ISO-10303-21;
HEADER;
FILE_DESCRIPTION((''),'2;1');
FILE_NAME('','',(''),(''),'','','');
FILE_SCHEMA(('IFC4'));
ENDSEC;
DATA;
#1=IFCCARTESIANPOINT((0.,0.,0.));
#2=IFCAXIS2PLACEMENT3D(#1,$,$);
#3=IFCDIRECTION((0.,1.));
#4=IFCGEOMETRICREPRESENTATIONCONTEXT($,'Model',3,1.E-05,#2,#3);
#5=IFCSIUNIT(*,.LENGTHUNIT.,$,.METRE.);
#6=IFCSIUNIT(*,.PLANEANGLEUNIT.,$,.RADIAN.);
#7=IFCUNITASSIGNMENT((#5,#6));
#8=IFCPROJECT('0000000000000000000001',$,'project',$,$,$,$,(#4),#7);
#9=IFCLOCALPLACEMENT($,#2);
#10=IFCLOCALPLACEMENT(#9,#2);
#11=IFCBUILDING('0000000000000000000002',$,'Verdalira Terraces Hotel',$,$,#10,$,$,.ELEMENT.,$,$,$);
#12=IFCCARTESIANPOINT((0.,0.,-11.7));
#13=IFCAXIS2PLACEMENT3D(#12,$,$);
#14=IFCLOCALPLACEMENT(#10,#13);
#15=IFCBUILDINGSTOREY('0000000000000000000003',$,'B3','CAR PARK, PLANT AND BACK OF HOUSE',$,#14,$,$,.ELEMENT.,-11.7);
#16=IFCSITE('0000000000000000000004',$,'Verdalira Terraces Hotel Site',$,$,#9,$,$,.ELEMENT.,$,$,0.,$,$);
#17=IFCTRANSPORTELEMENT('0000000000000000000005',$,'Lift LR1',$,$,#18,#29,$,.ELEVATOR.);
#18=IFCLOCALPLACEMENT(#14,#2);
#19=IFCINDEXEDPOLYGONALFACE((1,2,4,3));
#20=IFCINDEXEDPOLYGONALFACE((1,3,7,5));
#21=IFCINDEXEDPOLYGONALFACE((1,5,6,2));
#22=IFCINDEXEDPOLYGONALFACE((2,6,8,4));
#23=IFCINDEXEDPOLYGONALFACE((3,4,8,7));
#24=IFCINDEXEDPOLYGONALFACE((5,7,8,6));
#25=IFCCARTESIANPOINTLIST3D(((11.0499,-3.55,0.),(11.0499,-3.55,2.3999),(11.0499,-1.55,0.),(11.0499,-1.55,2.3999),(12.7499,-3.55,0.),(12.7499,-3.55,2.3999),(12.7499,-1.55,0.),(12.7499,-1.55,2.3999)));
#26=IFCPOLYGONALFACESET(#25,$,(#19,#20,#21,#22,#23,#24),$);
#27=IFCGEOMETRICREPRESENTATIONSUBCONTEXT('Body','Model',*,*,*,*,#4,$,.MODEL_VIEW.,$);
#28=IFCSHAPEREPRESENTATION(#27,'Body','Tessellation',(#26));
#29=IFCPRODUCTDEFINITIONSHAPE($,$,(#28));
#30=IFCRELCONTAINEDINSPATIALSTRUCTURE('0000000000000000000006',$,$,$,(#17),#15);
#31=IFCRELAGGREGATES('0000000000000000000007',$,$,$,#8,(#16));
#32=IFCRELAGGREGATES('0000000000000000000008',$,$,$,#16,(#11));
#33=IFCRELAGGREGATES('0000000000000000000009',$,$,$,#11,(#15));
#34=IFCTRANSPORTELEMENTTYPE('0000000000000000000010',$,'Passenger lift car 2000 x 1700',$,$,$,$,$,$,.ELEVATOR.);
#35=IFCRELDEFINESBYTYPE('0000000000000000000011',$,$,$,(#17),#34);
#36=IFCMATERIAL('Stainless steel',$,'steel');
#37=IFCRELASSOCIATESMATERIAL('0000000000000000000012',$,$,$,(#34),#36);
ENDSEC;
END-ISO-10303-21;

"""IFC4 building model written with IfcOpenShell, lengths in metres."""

from ifc_helpers import new_model, si_unit, direction, frame, origin, origin_2d, place, context, subcontext, project, spatial, rectangle, extrude, material, type_object, element, save


model = new_model("IFC4")

# Units and contexts
model_context = context("Model", 3, precision=1e-05, world=origin(), true_north=direction((0.0, 1.0)))
body_context = subcontext(model_context, "Body", "Model", "MODEL_VIEW")
ifc_project = project(units=[si_unit("LENGTHUNIT", "METRE"), si_unit("PLANEANGLEUNIT", "RADIAN")], contexts=[model_context])

# Site, building, storey
site_placement = place(None, origin())
site = spatial("IfcSite", under=ifc_project, at=site_placement, Name="Verdalira Terraces Hotel Site", CompositionType="ELEMENT", RefElevation=0.0)
building_placement = place(site_placement, origin())
building = spatial("IfcBuilding", under=site, at=building_placement, Name="Verdalira Terraces Hotel", CompositionType="ELEMENT")
storey_placement = place(building_placement, frame((0.0, 0.0, -11.7)))
storey = spatial("IfcBuildingStorey", under=building, at=storey_placement, Name="B3", Description="CAR PARK, PLANT AND BACK OF HOUSE", CompositionType="ELEMENT", Elevation=-11.7)

# Transport element
ifc_material_1 = material(Name="Stainless steel", Category="steel")
transport_element_type = type_object("IfcTransportElementType", Name="Passenger lift car 2000 x 1700", PredefinedType="ELEVATOR", material=ifc_material_1)
transport_element_placement = place(storey_placement, frame((11.8999, -2.55, 0.0), z_axis=(0.0, 0.0, 1.0), x_axis=(0.0, 1.0, 0.0)))
element("IfcTransportElement", 1, at=transport_element_placement, inside=storey, type_object=transport_element_type, Name="Lift LR1", PredefinedType="ELEVATOR", context=body_context, shape_type="SweptSolid", body=[
    extrude(rectangle(XDim=2.0, YDim=1.7, at=origin_2d()), origin(), (0.0, 0.0, 1.0), 2.3999),
])

save(model, "model.ifc")
